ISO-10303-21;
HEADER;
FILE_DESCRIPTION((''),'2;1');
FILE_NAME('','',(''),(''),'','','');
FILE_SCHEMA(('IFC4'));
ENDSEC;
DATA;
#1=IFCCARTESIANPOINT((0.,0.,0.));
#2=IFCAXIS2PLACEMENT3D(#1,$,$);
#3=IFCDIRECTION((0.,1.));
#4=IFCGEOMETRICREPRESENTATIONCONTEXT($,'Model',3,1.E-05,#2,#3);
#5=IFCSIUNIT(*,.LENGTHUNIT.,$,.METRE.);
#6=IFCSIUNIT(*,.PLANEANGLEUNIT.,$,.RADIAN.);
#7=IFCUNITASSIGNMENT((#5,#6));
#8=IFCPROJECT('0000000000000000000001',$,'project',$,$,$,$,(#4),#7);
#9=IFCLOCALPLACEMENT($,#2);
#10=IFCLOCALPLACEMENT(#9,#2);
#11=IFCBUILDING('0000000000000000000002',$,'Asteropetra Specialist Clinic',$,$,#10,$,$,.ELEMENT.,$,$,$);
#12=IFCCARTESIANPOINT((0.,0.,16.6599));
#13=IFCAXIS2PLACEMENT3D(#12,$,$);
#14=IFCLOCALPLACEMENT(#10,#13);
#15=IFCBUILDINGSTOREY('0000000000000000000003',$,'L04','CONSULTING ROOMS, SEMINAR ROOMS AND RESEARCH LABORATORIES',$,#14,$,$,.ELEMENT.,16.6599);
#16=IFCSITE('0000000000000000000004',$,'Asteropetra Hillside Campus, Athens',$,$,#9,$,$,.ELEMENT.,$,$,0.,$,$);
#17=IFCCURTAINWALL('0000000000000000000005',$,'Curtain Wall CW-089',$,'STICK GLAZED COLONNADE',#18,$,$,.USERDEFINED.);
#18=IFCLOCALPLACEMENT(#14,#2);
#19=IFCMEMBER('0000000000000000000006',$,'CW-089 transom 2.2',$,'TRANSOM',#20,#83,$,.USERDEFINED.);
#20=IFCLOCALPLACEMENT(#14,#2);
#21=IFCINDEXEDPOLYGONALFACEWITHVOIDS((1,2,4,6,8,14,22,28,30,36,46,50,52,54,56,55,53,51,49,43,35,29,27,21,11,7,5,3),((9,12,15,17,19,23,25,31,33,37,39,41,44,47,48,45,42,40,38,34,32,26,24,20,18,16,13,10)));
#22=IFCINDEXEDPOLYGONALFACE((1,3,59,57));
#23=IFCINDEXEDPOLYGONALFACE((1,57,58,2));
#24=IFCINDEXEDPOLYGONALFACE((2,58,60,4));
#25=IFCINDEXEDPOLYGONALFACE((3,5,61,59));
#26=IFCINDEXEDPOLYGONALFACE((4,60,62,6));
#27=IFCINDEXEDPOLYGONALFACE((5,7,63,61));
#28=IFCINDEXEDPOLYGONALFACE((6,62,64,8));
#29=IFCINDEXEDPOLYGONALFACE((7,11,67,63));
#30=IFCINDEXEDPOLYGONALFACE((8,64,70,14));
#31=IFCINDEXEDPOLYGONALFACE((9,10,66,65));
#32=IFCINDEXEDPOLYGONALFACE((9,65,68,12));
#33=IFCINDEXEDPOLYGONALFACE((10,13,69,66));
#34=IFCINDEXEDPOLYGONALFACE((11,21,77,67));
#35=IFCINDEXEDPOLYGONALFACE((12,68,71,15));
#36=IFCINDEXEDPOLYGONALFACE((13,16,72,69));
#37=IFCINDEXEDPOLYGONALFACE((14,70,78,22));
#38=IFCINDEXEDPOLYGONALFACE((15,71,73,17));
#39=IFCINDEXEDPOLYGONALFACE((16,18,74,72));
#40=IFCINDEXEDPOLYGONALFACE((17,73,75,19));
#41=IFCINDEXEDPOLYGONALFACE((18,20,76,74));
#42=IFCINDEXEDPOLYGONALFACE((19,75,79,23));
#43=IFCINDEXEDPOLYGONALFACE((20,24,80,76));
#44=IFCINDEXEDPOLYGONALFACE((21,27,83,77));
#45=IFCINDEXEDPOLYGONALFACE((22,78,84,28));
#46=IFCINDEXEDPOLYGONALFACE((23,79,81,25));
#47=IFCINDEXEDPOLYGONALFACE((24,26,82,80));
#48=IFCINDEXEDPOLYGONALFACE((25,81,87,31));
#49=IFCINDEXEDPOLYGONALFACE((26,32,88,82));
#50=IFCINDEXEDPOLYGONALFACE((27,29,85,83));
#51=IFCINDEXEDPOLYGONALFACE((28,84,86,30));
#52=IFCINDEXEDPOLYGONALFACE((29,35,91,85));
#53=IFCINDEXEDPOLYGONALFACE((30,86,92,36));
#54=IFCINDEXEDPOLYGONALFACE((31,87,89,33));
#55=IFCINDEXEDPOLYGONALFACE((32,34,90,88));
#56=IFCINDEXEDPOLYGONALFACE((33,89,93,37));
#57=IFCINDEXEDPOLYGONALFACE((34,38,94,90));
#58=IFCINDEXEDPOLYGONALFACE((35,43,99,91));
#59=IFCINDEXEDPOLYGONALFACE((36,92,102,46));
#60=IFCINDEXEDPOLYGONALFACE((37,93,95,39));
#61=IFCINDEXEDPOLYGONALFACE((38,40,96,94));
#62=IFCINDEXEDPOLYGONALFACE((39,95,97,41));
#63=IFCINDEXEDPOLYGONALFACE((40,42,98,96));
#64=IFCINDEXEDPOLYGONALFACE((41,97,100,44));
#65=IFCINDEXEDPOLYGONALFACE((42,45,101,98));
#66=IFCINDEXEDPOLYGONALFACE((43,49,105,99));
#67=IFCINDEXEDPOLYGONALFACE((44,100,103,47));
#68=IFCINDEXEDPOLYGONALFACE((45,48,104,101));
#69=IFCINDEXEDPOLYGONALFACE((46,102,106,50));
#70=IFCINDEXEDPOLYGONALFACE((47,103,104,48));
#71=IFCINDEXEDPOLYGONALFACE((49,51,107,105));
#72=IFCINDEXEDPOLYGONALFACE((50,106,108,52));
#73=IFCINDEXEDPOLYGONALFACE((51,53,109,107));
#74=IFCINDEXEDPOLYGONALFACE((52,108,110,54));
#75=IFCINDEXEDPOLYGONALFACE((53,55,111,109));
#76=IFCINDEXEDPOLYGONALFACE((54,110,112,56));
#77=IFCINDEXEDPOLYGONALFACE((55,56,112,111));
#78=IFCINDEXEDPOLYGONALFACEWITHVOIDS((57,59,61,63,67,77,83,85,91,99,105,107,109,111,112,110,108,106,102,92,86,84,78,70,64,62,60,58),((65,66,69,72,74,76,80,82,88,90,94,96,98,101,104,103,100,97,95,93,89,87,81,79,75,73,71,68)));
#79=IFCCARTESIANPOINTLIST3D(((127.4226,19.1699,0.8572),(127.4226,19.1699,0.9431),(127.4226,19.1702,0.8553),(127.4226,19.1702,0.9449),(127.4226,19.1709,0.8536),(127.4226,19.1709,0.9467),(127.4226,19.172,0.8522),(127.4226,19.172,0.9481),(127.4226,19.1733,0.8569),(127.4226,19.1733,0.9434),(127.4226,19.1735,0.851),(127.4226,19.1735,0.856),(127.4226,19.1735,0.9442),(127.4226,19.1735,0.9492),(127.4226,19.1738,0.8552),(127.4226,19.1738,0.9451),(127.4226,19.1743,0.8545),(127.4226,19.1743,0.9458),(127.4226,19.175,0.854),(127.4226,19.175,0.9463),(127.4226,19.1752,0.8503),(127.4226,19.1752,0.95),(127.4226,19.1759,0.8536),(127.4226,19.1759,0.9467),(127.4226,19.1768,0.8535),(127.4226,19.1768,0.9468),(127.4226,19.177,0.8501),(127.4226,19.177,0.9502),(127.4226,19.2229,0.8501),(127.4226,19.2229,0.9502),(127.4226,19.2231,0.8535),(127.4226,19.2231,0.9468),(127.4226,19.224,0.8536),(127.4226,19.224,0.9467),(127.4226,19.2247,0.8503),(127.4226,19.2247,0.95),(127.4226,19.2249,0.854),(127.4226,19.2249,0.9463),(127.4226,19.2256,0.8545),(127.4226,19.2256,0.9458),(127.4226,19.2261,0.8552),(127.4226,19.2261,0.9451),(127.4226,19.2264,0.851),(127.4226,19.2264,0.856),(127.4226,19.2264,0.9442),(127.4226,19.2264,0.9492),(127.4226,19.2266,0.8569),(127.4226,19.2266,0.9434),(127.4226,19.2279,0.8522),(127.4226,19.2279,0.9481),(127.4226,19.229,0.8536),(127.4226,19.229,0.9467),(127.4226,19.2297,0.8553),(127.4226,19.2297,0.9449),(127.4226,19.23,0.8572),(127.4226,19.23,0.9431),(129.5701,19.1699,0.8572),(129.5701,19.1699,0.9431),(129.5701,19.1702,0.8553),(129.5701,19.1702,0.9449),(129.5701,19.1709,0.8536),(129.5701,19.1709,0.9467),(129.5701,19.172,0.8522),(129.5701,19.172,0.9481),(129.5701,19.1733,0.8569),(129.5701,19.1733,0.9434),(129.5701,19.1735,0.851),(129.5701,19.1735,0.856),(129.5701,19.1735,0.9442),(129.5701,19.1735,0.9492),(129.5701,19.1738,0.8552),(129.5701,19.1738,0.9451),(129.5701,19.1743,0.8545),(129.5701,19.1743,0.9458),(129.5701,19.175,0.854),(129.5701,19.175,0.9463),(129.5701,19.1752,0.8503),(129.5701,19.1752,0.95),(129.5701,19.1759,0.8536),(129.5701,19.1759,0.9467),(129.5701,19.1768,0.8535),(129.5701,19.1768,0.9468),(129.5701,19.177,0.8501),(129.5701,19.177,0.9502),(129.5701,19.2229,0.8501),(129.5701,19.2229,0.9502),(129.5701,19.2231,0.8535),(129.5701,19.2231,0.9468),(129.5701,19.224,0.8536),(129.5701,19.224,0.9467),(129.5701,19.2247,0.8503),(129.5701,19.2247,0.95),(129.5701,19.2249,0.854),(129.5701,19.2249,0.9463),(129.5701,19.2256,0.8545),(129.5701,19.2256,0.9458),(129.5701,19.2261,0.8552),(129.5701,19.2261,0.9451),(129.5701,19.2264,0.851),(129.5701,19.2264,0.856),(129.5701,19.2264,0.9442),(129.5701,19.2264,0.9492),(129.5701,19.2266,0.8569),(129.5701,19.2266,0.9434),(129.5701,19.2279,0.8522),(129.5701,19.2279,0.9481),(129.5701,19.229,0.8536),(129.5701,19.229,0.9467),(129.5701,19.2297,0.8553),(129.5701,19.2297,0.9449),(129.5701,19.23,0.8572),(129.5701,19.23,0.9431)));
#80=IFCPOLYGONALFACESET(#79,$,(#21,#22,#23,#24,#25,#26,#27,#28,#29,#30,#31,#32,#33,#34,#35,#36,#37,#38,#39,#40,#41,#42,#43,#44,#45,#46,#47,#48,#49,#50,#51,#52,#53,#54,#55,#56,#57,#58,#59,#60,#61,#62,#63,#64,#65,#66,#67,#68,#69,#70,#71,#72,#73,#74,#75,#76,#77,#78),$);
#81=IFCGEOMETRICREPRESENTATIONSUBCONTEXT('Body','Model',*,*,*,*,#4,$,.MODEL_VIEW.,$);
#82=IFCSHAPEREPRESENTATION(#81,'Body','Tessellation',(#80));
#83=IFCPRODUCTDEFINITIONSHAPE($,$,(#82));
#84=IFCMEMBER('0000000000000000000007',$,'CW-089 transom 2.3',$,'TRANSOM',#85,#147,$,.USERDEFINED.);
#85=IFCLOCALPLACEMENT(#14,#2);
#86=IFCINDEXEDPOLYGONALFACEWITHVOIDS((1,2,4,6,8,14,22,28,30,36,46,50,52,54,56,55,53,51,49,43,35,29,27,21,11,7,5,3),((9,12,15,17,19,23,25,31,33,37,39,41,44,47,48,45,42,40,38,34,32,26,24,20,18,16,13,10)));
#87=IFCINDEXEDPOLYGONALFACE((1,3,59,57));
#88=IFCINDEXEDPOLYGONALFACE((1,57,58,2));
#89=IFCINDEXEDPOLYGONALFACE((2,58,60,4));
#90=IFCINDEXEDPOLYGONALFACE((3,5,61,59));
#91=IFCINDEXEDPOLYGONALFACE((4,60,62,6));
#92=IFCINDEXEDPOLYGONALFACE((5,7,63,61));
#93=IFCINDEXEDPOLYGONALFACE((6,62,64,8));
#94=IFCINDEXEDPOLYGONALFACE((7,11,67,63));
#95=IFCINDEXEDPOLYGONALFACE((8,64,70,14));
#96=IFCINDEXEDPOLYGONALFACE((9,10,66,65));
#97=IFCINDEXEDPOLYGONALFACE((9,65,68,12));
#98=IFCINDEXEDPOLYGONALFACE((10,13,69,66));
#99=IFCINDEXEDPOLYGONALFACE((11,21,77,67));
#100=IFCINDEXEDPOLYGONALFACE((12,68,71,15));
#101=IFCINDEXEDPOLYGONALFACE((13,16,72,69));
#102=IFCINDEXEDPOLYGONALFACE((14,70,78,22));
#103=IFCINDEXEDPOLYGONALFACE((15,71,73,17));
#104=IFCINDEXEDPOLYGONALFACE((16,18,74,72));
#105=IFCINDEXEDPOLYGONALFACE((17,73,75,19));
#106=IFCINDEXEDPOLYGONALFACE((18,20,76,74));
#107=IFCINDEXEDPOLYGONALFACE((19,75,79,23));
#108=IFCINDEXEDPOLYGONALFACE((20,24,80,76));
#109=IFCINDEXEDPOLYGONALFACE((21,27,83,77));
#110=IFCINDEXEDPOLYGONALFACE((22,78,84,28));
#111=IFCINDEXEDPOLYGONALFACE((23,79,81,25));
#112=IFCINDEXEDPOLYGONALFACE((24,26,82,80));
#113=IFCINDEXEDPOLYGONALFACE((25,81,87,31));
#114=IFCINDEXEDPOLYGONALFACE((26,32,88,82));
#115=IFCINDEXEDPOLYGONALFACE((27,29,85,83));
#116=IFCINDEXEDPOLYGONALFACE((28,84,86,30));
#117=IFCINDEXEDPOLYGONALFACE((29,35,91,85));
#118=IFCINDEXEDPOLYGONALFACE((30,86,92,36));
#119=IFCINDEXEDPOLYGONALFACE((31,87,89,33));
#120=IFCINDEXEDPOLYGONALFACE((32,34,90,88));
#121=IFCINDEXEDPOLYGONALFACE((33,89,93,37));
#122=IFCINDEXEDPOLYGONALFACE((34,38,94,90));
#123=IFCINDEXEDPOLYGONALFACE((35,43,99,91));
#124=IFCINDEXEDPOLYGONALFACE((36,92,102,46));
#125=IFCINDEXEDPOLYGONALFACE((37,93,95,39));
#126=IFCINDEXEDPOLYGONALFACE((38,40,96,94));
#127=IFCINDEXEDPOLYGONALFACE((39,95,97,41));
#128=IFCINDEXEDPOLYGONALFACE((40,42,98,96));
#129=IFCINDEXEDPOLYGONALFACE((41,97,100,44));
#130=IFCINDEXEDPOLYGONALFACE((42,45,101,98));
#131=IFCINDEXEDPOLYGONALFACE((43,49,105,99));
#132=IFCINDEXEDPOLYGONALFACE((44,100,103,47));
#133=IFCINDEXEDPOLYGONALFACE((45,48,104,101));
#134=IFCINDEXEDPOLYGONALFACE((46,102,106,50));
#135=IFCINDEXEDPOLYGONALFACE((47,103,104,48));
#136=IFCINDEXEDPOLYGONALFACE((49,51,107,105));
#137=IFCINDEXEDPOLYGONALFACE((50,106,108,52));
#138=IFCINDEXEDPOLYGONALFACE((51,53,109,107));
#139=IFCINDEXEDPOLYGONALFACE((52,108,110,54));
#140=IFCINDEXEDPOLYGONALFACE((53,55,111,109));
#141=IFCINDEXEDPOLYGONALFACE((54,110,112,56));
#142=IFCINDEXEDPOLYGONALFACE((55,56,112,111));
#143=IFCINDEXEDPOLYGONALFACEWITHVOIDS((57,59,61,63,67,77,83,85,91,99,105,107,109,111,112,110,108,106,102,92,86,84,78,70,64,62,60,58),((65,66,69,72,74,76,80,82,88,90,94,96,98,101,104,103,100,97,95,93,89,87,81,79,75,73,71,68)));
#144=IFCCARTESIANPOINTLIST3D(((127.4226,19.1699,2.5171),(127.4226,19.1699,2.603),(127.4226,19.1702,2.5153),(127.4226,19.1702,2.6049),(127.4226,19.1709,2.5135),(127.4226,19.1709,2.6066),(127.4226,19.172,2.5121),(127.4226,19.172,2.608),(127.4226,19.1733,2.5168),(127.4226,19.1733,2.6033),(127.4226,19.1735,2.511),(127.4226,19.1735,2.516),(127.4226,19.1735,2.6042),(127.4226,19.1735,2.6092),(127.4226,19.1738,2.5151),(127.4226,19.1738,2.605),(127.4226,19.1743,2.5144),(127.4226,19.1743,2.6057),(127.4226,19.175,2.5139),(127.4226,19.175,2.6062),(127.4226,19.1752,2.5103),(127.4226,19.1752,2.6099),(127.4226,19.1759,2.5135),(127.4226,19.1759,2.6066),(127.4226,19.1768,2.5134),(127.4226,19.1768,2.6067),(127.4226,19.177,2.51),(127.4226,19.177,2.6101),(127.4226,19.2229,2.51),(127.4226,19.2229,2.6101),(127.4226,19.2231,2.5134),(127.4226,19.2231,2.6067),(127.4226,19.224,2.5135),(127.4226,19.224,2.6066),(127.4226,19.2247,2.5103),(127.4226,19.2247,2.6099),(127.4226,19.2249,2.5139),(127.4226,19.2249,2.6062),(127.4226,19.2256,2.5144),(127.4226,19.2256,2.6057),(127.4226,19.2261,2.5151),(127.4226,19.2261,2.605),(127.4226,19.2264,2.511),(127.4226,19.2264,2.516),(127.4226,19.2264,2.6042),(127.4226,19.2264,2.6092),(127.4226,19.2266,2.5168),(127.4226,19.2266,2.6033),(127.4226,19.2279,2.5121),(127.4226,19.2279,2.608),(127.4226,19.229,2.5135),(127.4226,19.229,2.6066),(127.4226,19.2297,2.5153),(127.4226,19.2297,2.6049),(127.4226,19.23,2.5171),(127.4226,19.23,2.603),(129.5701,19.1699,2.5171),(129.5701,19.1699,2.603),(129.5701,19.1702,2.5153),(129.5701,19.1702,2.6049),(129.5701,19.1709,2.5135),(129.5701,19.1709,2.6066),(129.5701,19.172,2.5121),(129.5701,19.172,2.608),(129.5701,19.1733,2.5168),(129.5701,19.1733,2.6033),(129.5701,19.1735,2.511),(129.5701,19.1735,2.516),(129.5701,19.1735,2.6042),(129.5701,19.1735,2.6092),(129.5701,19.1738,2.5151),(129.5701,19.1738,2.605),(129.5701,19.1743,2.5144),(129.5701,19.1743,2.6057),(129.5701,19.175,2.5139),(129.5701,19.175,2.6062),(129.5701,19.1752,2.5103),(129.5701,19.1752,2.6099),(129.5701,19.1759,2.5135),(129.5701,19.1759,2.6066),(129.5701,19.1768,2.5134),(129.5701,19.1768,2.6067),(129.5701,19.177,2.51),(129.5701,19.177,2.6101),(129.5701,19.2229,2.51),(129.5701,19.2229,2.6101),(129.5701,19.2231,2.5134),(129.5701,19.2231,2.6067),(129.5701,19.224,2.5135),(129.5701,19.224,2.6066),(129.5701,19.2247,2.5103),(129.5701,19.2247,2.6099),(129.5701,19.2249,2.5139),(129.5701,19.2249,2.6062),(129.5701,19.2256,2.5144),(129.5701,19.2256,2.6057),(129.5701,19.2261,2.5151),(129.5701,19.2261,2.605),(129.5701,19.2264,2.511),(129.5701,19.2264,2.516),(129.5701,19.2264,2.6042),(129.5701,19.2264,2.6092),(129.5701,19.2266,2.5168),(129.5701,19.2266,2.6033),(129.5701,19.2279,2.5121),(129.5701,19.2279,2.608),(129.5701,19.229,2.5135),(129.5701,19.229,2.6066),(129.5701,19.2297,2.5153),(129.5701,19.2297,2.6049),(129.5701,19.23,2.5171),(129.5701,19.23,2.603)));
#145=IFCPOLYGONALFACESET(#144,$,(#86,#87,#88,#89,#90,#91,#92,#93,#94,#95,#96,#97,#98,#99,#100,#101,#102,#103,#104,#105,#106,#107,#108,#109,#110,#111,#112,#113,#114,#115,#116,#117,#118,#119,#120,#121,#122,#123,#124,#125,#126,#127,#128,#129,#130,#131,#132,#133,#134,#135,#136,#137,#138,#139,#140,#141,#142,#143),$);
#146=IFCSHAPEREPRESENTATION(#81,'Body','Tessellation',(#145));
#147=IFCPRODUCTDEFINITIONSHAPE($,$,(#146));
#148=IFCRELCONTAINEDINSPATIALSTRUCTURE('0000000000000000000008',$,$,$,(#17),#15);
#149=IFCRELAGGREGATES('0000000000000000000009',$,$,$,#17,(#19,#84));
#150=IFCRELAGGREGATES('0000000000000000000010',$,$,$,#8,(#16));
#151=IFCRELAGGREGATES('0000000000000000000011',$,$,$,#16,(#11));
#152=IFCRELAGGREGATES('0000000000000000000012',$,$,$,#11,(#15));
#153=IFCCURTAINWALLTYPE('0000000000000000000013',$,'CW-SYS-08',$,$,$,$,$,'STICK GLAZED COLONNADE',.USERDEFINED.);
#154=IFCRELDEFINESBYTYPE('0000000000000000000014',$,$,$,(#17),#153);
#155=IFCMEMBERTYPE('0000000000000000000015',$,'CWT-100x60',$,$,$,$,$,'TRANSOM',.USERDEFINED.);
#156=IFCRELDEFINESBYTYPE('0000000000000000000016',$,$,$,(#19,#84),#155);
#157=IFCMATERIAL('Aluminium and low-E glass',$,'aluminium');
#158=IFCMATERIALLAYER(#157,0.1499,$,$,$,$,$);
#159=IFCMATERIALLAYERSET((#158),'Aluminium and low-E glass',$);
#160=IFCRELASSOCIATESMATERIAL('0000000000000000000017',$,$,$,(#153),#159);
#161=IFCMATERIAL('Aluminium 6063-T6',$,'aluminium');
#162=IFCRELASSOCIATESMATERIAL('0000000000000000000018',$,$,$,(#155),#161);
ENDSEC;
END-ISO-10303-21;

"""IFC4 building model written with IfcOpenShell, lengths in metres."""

from ifc_helpers import new_model, si_unit, direction, frame, origin, origin_2d, place, context, subcontext, project, spatial, hollow_rectangle, extrude, material, layer, layer_set, material_profile, profile_set, type_object, element, aggregate, save


model = new_model("IFC4")

# Units and contexts
model_context = context("Model", 3, precision=1e-05, world=origin(), true_north=direction((0.0, 1.0)))
body_context = subcontext(model_context, "Body", "Model", "MODEL_VIEW")
ifc_project = project(units=[si_unit("LENGTHUNIT", "METRE"), si_unit("PLANEANGLEUNIT", "RADIAN")], contexts=[model_context])

# Site, building, storey
site_placement = place(None, origin())
site = spatial("IfcSite", under=ifc_project, at=site_placement, Name="Asteropetra Hillside Campus, Athens", CompositionType="ELEMENT", RefElevation=0.0)
building_placement = place(site_placement, origin())
building = spatial("IfcBuilding", under=site, at=building_placement, Name="Asteropetra Specialist Clinic", CompositionType="ELEMENT")
storey_placement = place(building_placement, frame((0.0, 0.0, 16.6599)))
storey = spatial("IfcBuildingStorey", under=building, at=storey_placement, Name="L04", Description="CONSULTING ROOMS, SEMINAR ROOMS AND RESEARCH LABORATORIES", CompositionType="ELEMENT", Elevation=16.6599)

# Curtain wall, members
ifc_material_1 = material(Name="Aluminium and low-E glass", Category="aluminium")
ifc_layer_1 = layer(ifc_material_1, 0.1499)
ifc_layer_set_1 = layer_set([ifc_layer_1], Name="Aluminium and low-E glass")
curtain_wall_type = type_object("IfcCurtainWallType", Name="CW-SYS-08", ElementType="STICK GLAZED COLONNADE", PredefinedType="USERDEFINED", material=ifc_layer_set_1)
curtain_wall_placement = place(storey_placement, origin())
curtain_wall = element("IfcCurtainWall", 1, at=curtain_wall_placement, inside=storey, type_object=curtain_wall_type, Name="Curtain Wall CW-089", ObjectType="STICK GLAZED COLONNADE", PredefinedType="USERDEFINED")
ifc_material_2 = material(Name="Aluminium 6063-T6", Category="aluminium")
ifc_material_profile_1 = material_profile(ifc_material_2, hollow_rectangle(XDim=0.0601, YDim=0.1001, WallThickness=0.0034, InnerFilletRadius=0.0034, OuterFilletRadius=0.0071, at=origin_2d()), Name="TRN 100x60x3.5")
ifc_profile_set_1 = profile_set([ifc_material_profile_1], Name="Aluminium 6063-T6")
member_type_1 = type_object("IfcMemberType", Name="CWT-100x60", ElementType="TRANSOM", PredefinedType="USERDEFINED", material=ifc_profile_set_1)
member_1_placement = place(storey_placement, frame((127.4226, 19.2, 0.9001), z_axis=(1.0, 0.0, 0.0), x_axis=(0.0, 1.0, 0.0)))
member_1 = element("IfcMember", 2, at=member_1_placement, type_object=member_type_1, Name="CW-089 transom 2.2", ObjectType="TRANSOM", PredefinedType="USERDEFINED", context=body_context, shape_type="SweptSolid", body=[
    extrude(hollow_rectangle(XDim=0.0601, YDim=0.1001, WallThickness=0.0034, InnerFilletRadius=0.0034, OuterFilletRadius=0.0071, at=origin_2d()), origin(), (0.0, 0.0, 1.0), 2.1475),
])
member_2_placement = place(storey_placement, frame((127.4226, 19.2, 2.5601), z_axis=(1.0, 0.0, 0.0), x_axis=(0.0, 1.0, 0.0)))
member_2 = element("IfcMember", 3, at=member_2_placement, type_object=member_type_1, Name="CW-089 transom 2.3", ObjectType="TRANSOM", PredefinedType="USERDEFINED", context=body_context, shape_type="SweptSolid", body=[
    extrude(hollow_rectangle(XDim=0.0601, YDim=0.1001, WallThickness=0.0034, InnerFilletRadius=0.0034, OuterFilletRadius=0.0071, at=origin_2d()), origin(), (0.0, 0.0, 1.0), 2.1475),
])
aggregate(curtain_wall, [member_1, member_2])

save(model, "model.ifc")
